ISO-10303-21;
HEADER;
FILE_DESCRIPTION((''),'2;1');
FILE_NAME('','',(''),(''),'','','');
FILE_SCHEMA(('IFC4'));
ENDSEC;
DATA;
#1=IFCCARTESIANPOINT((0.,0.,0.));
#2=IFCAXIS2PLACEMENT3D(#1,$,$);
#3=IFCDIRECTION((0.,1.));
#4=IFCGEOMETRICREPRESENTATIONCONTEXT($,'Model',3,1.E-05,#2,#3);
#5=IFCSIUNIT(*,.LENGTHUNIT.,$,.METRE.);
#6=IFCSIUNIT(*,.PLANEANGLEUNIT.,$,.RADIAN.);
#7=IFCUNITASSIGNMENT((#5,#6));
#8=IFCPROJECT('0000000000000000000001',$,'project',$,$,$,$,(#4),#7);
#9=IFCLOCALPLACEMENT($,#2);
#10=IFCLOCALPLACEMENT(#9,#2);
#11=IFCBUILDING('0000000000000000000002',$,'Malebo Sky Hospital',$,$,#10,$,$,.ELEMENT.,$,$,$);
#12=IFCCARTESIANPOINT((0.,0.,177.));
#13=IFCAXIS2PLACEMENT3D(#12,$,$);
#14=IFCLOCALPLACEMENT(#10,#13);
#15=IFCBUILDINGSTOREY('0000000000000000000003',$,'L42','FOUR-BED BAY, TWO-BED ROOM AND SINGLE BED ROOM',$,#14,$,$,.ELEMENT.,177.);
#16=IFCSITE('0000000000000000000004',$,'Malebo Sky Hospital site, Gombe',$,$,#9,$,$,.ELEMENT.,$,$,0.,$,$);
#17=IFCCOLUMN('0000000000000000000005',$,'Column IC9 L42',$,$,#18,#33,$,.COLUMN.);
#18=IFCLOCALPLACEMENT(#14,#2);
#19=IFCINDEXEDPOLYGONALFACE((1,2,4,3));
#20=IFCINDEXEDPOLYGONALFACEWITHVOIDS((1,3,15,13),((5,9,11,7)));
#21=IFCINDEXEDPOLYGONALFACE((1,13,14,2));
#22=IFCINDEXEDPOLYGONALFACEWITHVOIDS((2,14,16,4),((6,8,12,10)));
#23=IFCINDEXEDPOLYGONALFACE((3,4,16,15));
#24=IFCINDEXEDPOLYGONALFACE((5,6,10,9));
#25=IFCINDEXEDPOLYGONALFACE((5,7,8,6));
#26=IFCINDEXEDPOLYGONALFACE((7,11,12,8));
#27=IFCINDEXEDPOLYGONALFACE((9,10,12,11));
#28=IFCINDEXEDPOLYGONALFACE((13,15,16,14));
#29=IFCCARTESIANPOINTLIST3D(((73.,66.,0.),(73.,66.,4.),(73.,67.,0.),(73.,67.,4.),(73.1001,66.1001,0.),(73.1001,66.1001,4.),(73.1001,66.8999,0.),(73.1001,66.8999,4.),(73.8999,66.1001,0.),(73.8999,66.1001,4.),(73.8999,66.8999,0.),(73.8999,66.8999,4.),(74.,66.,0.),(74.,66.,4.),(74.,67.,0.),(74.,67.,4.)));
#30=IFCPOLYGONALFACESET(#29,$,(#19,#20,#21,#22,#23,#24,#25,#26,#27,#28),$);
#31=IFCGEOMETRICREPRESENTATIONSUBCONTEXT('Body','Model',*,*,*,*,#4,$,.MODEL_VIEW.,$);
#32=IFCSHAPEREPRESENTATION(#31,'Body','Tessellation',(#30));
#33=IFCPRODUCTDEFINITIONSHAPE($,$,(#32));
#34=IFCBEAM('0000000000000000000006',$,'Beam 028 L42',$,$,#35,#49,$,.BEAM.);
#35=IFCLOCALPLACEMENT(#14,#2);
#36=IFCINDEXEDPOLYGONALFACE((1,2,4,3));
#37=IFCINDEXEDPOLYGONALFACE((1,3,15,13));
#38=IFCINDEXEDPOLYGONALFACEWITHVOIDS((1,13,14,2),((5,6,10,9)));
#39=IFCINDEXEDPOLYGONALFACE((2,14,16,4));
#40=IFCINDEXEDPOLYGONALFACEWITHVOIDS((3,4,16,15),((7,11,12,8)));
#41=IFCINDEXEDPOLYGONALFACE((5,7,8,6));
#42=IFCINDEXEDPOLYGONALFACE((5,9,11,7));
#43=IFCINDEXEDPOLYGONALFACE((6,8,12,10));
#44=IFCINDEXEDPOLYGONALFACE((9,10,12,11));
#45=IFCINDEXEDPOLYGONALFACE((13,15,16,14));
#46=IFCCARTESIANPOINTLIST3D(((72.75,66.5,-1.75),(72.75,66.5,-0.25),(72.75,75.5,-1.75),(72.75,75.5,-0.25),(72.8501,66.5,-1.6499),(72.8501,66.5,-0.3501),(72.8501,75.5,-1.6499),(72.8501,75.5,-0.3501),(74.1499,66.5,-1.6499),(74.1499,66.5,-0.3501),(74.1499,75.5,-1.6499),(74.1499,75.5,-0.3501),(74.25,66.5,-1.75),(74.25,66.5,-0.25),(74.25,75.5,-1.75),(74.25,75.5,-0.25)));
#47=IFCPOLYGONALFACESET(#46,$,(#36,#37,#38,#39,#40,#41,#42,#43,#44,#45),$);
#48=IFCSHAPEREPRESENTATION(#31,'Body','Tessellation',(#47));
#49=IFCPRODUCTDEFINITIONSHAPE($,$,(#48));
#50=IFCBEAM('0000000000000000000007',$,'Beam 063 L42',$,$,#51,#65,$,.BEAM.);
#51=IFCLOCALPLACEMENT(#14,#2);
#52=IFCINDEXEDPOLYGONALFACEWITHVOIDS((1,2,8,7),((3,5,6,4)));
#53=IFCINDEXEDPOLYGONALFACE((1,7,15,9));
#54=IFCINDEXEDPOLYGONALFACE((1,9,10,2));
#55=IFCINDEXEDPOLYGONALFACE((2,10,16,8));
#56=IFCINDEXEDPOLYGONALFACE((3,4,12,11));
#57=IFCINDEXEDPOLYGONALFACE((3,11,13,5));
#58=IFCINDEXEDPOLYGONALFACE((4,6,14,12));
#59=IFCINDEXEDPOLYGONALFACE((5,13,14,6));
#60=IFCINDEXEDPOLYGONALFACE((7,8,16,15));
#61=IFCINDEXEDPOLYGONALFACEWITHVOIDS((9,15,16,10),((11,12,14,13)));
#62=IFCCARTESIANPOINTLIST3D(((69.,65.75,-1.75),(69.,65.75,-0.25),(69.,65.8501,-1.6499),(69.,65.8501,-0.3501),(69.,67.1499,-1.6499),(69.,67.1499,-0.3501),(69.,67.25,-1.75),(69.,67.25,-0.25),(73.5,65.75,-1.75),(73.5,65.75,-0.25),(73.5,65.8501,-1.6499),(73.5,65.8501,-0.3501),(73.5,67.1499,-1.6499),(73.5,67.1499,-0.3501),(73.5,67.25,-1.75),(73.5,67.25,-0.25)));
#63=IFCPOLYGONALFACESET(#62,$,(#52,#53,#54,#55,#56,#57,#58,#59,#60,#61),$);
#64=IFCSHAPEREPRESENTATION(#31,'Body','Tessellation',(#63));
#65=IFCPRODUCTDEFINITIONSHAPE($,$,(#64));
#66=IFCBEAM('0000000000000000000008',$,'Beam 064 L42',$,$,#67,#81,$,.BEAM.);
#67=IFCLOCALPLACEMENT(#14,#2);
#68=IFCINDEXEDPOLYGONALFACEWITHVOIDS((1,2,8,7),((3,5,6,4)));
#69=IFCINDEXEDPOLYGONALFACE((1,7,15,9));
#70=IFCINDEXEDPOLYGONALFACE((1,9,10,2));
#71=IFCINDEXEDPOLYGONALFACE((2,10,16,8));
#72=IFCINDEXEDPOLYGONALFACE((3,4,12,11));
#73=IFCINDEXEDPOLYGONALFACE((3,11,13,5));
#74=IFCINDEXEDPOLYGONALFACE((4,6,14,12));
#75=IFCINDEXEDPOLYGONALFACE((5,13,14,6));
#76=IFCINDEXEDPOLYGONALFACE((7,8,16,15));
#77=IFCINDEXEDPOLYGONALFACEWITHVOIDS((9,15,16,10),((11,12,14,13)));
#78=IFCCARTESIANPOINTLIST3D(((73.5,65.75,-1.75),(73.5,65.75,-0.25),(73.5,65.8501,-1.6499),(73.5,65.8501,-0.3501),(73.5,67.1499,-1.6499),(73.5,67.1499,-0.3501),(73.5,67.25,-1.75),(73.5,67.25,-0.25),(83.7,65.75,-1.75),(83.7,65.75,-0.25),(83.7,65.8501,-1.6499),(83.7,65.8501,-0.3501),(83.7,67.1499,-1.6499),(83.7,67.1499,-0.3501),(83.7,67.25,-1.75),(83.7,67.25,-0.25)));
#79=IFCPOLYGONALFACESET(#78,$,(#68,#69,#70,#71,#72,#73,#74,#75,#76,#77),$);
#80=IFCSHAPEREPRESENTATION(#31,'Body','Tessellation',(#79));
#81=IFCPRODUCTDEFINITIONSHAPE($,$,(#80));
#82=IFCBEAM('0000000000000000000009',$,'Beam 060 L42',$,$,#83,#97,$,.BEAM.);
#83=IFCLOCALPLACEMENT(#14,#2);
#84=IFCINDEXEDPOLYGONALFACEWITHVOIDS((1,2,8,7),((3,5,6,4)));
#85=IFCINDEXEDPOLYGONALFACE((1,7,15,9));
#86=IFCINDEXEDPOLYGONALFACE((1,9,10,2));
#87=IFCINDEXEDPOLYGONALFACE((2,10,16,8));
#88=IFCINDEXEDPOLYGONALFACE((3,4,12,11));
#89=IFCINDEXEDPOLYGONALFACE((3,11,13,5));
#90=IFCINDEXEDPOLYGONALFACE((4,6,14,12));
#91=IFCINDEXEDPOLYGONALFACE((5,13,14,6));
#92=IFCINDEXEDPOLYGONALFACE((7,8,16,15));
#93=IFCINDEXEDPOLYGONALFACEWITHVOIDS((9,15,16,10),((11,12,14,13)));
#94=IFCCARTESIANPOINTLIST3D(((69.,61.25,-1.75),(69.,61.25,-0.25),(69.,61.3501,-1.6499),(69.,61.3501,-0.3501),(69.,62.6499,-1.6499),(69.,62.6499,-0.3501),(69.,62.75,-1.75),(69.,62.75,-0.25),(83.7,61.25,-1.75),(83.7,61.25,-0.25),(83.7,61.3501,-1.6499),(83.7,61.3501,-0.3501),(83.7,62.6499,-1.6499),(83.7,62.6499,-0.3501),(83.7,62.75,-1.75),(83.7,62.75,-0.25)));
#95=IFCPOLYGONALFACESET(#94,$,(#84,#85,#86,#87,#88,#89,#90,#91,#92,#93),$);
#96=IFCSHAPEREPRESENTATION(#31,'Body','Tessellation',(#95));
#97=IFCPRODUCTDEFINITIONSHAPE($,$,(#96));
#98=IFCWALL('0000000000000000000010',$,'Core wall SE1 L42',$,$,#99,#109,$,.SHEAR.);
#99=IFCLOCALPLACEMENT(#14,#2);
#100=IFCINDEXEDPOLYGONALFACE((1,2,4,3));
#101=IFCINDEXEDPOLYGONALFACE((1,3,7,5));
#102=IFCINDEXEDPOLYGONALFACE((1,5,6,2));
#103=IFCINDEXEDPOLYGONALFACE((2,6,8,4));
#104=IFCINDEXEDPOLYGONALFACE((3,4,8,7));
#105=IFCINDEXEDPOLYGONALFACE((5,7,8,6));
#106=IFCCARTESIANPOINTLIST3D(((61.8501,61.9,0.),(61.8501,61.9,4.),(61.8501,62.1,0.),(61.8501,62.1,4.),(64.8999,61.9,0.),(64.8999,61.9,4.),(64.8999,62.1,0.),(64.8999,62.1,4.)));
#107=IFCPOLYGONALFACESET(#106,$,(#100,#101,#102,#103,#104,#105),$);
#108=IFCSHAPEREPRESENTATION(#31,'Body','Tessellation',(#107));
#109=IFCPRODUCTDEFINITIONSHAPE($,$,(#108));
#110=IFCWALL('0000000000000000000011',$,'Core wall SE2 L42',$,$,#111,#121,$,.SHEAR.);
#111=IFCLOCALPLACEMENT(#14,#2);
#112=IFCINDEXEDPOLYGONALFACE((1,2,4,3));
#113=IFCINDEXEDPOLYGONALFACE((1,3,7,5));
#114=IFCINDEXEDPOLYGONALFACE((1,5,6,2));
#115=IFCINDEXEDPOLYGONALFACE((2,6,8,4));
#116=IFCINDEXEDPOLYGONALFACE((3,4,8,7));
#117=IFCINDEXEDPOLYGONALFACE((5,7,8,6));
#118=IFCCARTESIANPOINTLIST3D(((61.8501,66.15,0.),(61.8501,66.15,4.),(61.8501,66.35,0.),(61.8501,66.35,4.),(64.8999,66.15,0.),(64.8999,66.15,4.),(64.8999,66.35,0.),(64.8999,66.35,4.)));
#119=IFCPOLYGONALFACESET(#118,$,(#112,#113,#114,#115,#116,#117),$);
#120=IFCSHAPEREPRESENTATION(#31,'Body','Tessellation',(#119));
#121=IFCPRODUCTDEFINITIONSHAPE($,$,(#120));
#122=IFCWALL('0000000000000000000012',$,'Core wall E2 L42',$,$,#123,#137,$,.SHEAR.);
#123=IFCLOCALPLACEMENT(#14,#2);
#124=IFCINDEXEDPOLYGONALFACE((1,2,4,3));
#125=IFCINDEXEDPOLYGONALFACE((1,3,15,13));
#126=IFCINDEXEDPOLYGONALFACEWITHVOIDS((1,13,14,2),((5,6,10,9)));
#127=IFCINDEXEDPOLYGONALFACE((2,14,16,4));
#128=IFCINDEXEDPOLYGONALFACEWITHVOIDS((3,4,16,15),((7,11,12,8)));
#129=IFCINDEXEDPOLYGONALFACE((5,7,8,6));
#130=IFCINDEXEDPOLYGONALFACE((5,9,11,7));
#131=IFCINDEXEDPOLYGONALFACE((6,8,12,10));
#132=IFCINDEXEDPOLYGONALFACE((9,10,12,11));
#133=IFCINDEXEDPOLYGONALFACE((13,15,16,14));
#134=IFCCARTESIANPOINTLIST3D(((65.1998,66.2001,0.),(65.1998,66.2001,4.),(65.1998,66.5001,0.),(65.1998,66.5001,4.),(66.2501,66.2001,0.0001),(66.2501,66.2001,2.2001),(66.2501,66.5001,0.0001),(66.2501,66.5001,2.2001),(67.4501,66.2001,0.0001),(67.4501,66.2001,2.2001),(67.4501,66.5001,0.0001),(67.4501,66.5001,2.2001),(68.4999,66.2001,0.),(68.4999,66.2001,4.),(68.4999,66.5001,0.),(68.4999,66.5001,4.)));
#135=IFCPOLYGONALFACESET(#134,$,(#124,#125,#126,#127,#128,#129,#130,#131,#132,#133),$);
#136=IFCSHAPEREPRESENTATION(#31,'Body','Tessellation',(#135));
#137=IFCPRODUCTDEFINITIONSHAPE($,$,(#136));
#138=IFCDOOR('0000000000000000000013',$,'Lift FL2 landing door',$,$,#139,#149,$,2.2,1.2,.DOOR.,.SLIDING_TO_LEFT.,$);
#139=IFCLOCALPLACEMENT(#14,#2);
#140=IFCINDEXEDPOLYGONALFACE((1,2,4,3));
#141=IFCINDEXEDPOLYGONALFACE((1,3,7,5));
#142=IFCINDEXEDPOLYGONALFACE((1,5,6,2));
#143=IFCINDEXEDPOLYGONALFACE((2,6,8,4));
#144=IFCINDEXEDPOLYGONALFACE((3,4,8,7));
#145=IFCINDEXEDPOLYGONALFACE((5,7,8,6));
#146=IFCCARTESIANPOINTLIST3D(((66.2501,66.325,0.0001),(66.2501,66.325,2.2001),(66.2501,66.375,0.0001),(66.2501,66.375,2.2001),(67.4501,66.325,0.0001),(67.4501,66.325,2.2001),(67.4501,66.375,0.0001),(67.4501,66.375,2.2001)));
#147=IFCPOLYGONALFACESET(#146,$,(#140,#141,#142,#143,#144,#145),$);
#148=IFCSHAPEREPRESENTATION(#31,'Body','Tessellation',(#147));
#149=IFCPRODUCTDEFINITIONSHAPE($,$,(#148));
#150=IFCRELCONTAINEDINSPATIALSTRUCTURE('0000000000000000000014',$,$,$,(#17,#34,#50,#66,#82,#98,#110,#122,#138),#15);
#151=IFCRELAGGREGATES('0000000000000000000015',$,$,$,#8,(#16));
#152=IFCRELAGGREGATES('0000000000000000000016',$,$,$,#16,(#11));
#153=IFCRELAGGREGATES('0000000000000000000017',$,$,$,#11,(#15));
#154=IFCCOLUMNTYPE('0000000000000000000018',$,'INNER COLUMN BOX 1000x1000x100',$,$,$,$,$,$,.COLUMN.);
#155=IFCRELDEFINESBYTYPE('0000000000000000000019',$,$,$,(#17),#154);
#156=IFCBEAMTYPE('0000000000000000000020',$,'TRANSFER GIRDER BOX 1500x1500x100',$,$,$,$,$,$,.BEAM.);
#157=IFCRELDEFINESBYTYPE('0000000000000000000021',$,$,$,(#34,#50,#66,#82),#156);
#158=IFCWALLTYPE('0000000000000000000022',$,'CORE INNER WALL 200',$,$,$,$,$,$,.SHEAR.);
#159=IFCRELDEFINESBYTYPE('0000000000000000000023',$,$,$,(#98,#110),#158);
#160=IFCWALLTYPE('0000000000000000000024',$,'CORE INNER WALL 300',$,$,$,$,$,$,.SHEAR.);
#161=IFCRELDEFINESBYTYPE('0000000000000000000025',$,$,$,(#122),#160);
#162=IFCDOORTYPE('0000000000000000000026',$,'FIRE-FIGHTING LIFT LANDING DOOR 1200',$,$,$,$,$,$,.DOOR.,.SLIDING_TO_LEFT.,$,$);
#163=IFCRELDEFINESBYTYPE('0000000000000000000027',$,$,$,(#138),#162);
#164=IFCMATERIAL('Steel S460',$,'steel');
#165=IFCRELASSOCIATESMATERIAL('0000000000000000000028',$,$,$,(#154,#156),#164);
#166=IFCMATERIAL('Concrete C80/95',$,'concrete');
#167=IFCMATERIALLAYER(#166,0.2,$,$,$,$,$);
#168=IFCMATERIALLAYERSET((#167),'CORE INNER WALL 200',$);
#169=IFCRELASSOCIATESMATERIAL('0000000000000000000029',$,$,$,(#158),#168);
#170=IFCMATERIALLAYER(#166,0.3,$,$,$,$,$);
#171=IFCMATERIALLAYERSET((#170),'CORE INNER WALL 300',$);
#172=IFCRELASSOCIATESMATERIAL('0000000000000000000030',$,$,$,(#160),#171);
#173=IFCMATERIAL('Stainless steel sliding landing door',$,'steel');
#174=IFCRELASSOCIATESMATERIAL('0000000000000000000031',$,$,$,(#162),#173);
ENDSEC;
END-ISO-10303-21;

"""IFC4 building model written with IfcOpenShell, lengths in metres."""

from ifc_helpers import new_model, si_unit, direction, frame, frame_2d, origin, origin_2d, place, context, subcontext, project, spatial, rectangle, hollow_rectangle, extrude, material, layer, layer_set, material_profile, profile_set, type_object, element, fill, save


model = new_model("IFC4")

# Units and contexts
model_context = context("Model", 3, precision=1e-05, world=origin(), true_north=direction((0.0, 1.0)))
body_context = subcontext(model_context, "Body", "Model", "MODEL_VIEW")
ifc_project = project(units=[si_unit("LENGTHUNIT", "METRE"), si_unit("PLANEANGLEUNIT", "RADIAN")], contexts=[model_context])

# Site, building, storey
site_placement = place(None, origin())
site = spatial("IfcSite", under=ifc_project, at=site_placement, Name="Malebo Sky Hospital site, Gombe", CompositionType="ELEMENT", RefElevation=0.0)
building_placement = place(site_placement, origin())
building = spatial("IfcBuilding", under=site, at=building_placement, Name="Malebo Sky Hospital", CompositionType="ELEMENT")
storey_placement = place(building_placement, frame((0.0, 0.0, 177.0)))
storey = spatial("IfcBuildingStorey", under=building, at=storey_placement, Name="L42", Description="FOUR-BED BAY, TWO-BED ROOM AND SINGLE BED ROOM", CompositionType="ELEMENT", Elevation=177.0)

# Column
ifc_material_1 = material(Name="Steel S460", Category="steel")
ifc_material_profile_1 = material_profile(ifc_material_1, hollow_rectangle(XDim=1.0, YDim=1.0, WallThickness=0.1001, at=origin_2d()), Name="BOX 1000x1000x100")
ifc_profile_set_1 = profile_set([ifc_material_profile_1], Name="Steel S460")
column_type = type_object("IfcColumnType", Name="INNER COLUMN BOX 1000x1000x100", PredefinedType="COLUMN", material=ifc_profile_set_1)
column_placement = place(storey_placement, frame((73.5, 66.5, 0.0), z_axis=(0.0, 0.0, 1.0), x_axis=(1.0, 0.0, 0.0)))
element("IfcColumn", 1, at=column_placement, inside=storey, type_object=column_type, Name="Column IC9 L42", PredefinedType="COLUMN", context=body_context, shape_type="SweptSolid", body=[
    extrude(hollow_rectangle(XDim=1.0, YDim=1.0, WallThickness=0.1001, at=origin_2d()), origin(), (0.0, 0.0, 1.0), 4.0),
])

# Beams
ifc_material_profile_2 = material_profile(ifc_material_1, hollow_rectangle(XDim=1.5, YDim=1.5, WallThickness=0.1001, at=origin_2d()), Name="BOX 1500x1500x100")
ifc_profile_set_2 = profile_set([ifc_material_profile_2], Name="Steel S460")
beam_type = type_object("IfcBeamType", Name="TRANSFER GIRDER BOX 1500x1500x100", PredefinedType="BEAM", material=ifc_profile_set_2)
beam_1_placement = place(storey_placement, frame((73.5, 66.5, -1.0), z_axis=(0.0, 1.0, 0.0), x_axis=(-1.0, 0.0, 0.0)))
element("IfcBeam", 2, at=beam_1_placement, inside=storey, type_object=beam_type, Name="Beam 028 L42", PredefinedType="BEAM", context=body_context, shape_type="SweptSolid", body=[
    extrude(hollow_rectangle(XDim=1.5, YDim=1.5, WallThickness=0.1001, at=origin_2d()), origin(), (0.0, 0.0, 1.0), 9.0),
])
beam_2_placement = place(storey_placement, frame((69.0, 66.5, -1.0), z_axis=(1.0, 0.0, 0.0), x_axis=(0.0, 1.0, 0.0)))
element("IfcBeam", 3, at=beam_2_placement, inside=storey, type_object=beam_type, Name="Beam 063 L42", PredefinedType="BEAM", context=body_context, shape_type="SweptSolid", body=[
    extrude(hollow_rectangle(XDim=1.5, YDim=1.5, WallThickness=0.1001, at=origin_2d()), origin(), (0.0, 0.0, 1.0), 4.5),
])
beam_3_placement = place(storey_placement, frame((73.5, 66.5, -1.0), z_axis=(1.0, 0.0, 0.0), x_axis=(0.0, 1.0, 0.0)))
element("IfcBeam", 4, at=beam_3_placement, inside=storey, type_object=beam_type, Name="Beam 064 L42", PredefinedType="BEAM", context=body_context, shape_type="SweptSolid", body=[
    extrude(hollow_rectangle(XDim=1.5, YDim=1.5, WallThickness=0.1001, at=origin_2d()), origin(), (0.0, 0.0, 1.0), 10.2),
])
beam_4_placement = place(storey_placement, frame((69.0, 62.0, -1.0), z_axis=(1.0, 0.0, 0.0), x_axis=(0.0, 1.0, 0.0)))
element("IfcBeam", 5, at=beam_4_placement, inside=storey, type_object=beam_type, Name="Beam 060 L42", PredefinedType="BEAM", context=body_context, shape_type="SweptSolid", body=[
    extrude(hollow_rectangle(XDim=1.5, YDim=1.5, WallThickness=0.1001, at=origin_2d()), origin(), (0.0, 0.0, 1.0), 14.7),
])

# Walls
ifc_material_2 = material(Name="Concrete C80/95", Category="concrete")
ifc_layer_1 = layer(ifc_material_2, 0.2)
ifc_layer_set_1 = layer_set([ifc_layer_1], Name="CORE INNER WALL 200")
wall_type_1 = type_object("IfcWallType", Name="CORE INNER WALL 200", PredefinedType="SHEAR", material=ifc_layer_set_1)
for number, where, z_axis, x_axis, name in (
    (6, (61.8501, 62.0, 0.0), (0.0, 0.0, 1.0), (1.0, 0.0, 0.0), "Core wall SE1 L42"),
    (7, (61.8501, 66.25, 0.0), (0.0, 0.0, 1.0), (1.0, 0.0, 0.0), "Core wall SE2 L42"),
):
    element("IfcWall", number, at=place(storey_placement, frame(where, z_axis=z_axis, x_axis=x_axis)), inside=storey, type_object=wall_type_1, Name=name, PredefinedType="SHEAR", context=body_context, shape_type="SweptSolid", body=[
        extrude(rectangle(XDim=3.0498, YDim=0.2, at=frame_2d((1.5249, 0.0))), origin(), (0.0, 0.0, 1.0), 4.0),
    ])

# Wall, opening, door
ifc_layer_2 = layer(ifc_material_2, 0.3)
ifc_layer_set_2 = layer_set([ifc_layer_2], Name="CORE INNER WALL 300")
wall_type_2 = type_object("IfcWallType", Name="CORE INNER WALL 300", PredefinedType="SHEAR", material=ifc_layer_set_2)
wall_1_placement = place(storey_placement, frame((65.2, 66.3501, 0.0), z_axis=(0.0, 0.0, 1.0), x_axis=(1.0, 0.0, 0.0)))
wall_1 = element("IfcWall", 8, at=wall_1_placement, inside=storey, type_object=wall_type_2, Name="Core wall E2 L42", PredefinedType="SHEAR", context=body_context, shape_type="SweptSolid", body=[
    extrude(rectangle(XDim=3.3, YDim=0.3, at=frame_2d((1.6499, 0.0))), origin(), (0.0, 0.0, 1.0), 4.0),
])
opening_1_placement = place(wall_1_placement, frame((1.05, 0.0, 0.0)))
opening_1 = element("IfcOpeningElement", 9, at=opening_1_placement, cuts=wall_1, PredefinedType="OPENING", context=body_context, shape_type="SweptSolid", body=[
    extrude(rectangle(XDim=1.2, YDim=2.2, at=frame_2d((0.6001, 1.1001))), frame((0.0, 0.1599, 0.0), z_axis=(0.0, -1.0, 0.0), x_axis=(1.0, 0.0, 0.0)), (0.0, 0.0, 1.0), 0.3201),
])
ifc_material_3 = material(Name="Stainless steel sliding landing door", Category="steel")
door_type_1 = type_object("IfcDoorType", Name="FIRE-FIGHTING LIFT LANDING DOOR 1200", OperationType="SLIDING_TO_LEFT", PredefinedType="DOOR", material=ifc_material_3)
door_1_placement = place(opening_1_placement, origin())
door_1 = element("IfcDoor", 10, at=door_1_placement, inside=storey, type_object=door_type_1, Name="Lift FL2 landing door", OperationType="SLIDING_TO_LEFT", OverallHeight=2.2, OverallWidth=1.2, PredefinedType="DOOR", context=body_context, shape_type="SweptSolid", body=[
    extrude(rectangle(XDim=1.2, YDim=2.2, at=frame_2d((0.6001, 1.1001))), frame((0.0, 0.0249, 0.0), z_axis=(0.0, -1.0, 0.0), x_axis=(1.0, 0.0, 0.0)), (0.0, 0.0, 1.0), 0.05),
])
fill(opening_1, door_1)

save(model, "model.ifc")
